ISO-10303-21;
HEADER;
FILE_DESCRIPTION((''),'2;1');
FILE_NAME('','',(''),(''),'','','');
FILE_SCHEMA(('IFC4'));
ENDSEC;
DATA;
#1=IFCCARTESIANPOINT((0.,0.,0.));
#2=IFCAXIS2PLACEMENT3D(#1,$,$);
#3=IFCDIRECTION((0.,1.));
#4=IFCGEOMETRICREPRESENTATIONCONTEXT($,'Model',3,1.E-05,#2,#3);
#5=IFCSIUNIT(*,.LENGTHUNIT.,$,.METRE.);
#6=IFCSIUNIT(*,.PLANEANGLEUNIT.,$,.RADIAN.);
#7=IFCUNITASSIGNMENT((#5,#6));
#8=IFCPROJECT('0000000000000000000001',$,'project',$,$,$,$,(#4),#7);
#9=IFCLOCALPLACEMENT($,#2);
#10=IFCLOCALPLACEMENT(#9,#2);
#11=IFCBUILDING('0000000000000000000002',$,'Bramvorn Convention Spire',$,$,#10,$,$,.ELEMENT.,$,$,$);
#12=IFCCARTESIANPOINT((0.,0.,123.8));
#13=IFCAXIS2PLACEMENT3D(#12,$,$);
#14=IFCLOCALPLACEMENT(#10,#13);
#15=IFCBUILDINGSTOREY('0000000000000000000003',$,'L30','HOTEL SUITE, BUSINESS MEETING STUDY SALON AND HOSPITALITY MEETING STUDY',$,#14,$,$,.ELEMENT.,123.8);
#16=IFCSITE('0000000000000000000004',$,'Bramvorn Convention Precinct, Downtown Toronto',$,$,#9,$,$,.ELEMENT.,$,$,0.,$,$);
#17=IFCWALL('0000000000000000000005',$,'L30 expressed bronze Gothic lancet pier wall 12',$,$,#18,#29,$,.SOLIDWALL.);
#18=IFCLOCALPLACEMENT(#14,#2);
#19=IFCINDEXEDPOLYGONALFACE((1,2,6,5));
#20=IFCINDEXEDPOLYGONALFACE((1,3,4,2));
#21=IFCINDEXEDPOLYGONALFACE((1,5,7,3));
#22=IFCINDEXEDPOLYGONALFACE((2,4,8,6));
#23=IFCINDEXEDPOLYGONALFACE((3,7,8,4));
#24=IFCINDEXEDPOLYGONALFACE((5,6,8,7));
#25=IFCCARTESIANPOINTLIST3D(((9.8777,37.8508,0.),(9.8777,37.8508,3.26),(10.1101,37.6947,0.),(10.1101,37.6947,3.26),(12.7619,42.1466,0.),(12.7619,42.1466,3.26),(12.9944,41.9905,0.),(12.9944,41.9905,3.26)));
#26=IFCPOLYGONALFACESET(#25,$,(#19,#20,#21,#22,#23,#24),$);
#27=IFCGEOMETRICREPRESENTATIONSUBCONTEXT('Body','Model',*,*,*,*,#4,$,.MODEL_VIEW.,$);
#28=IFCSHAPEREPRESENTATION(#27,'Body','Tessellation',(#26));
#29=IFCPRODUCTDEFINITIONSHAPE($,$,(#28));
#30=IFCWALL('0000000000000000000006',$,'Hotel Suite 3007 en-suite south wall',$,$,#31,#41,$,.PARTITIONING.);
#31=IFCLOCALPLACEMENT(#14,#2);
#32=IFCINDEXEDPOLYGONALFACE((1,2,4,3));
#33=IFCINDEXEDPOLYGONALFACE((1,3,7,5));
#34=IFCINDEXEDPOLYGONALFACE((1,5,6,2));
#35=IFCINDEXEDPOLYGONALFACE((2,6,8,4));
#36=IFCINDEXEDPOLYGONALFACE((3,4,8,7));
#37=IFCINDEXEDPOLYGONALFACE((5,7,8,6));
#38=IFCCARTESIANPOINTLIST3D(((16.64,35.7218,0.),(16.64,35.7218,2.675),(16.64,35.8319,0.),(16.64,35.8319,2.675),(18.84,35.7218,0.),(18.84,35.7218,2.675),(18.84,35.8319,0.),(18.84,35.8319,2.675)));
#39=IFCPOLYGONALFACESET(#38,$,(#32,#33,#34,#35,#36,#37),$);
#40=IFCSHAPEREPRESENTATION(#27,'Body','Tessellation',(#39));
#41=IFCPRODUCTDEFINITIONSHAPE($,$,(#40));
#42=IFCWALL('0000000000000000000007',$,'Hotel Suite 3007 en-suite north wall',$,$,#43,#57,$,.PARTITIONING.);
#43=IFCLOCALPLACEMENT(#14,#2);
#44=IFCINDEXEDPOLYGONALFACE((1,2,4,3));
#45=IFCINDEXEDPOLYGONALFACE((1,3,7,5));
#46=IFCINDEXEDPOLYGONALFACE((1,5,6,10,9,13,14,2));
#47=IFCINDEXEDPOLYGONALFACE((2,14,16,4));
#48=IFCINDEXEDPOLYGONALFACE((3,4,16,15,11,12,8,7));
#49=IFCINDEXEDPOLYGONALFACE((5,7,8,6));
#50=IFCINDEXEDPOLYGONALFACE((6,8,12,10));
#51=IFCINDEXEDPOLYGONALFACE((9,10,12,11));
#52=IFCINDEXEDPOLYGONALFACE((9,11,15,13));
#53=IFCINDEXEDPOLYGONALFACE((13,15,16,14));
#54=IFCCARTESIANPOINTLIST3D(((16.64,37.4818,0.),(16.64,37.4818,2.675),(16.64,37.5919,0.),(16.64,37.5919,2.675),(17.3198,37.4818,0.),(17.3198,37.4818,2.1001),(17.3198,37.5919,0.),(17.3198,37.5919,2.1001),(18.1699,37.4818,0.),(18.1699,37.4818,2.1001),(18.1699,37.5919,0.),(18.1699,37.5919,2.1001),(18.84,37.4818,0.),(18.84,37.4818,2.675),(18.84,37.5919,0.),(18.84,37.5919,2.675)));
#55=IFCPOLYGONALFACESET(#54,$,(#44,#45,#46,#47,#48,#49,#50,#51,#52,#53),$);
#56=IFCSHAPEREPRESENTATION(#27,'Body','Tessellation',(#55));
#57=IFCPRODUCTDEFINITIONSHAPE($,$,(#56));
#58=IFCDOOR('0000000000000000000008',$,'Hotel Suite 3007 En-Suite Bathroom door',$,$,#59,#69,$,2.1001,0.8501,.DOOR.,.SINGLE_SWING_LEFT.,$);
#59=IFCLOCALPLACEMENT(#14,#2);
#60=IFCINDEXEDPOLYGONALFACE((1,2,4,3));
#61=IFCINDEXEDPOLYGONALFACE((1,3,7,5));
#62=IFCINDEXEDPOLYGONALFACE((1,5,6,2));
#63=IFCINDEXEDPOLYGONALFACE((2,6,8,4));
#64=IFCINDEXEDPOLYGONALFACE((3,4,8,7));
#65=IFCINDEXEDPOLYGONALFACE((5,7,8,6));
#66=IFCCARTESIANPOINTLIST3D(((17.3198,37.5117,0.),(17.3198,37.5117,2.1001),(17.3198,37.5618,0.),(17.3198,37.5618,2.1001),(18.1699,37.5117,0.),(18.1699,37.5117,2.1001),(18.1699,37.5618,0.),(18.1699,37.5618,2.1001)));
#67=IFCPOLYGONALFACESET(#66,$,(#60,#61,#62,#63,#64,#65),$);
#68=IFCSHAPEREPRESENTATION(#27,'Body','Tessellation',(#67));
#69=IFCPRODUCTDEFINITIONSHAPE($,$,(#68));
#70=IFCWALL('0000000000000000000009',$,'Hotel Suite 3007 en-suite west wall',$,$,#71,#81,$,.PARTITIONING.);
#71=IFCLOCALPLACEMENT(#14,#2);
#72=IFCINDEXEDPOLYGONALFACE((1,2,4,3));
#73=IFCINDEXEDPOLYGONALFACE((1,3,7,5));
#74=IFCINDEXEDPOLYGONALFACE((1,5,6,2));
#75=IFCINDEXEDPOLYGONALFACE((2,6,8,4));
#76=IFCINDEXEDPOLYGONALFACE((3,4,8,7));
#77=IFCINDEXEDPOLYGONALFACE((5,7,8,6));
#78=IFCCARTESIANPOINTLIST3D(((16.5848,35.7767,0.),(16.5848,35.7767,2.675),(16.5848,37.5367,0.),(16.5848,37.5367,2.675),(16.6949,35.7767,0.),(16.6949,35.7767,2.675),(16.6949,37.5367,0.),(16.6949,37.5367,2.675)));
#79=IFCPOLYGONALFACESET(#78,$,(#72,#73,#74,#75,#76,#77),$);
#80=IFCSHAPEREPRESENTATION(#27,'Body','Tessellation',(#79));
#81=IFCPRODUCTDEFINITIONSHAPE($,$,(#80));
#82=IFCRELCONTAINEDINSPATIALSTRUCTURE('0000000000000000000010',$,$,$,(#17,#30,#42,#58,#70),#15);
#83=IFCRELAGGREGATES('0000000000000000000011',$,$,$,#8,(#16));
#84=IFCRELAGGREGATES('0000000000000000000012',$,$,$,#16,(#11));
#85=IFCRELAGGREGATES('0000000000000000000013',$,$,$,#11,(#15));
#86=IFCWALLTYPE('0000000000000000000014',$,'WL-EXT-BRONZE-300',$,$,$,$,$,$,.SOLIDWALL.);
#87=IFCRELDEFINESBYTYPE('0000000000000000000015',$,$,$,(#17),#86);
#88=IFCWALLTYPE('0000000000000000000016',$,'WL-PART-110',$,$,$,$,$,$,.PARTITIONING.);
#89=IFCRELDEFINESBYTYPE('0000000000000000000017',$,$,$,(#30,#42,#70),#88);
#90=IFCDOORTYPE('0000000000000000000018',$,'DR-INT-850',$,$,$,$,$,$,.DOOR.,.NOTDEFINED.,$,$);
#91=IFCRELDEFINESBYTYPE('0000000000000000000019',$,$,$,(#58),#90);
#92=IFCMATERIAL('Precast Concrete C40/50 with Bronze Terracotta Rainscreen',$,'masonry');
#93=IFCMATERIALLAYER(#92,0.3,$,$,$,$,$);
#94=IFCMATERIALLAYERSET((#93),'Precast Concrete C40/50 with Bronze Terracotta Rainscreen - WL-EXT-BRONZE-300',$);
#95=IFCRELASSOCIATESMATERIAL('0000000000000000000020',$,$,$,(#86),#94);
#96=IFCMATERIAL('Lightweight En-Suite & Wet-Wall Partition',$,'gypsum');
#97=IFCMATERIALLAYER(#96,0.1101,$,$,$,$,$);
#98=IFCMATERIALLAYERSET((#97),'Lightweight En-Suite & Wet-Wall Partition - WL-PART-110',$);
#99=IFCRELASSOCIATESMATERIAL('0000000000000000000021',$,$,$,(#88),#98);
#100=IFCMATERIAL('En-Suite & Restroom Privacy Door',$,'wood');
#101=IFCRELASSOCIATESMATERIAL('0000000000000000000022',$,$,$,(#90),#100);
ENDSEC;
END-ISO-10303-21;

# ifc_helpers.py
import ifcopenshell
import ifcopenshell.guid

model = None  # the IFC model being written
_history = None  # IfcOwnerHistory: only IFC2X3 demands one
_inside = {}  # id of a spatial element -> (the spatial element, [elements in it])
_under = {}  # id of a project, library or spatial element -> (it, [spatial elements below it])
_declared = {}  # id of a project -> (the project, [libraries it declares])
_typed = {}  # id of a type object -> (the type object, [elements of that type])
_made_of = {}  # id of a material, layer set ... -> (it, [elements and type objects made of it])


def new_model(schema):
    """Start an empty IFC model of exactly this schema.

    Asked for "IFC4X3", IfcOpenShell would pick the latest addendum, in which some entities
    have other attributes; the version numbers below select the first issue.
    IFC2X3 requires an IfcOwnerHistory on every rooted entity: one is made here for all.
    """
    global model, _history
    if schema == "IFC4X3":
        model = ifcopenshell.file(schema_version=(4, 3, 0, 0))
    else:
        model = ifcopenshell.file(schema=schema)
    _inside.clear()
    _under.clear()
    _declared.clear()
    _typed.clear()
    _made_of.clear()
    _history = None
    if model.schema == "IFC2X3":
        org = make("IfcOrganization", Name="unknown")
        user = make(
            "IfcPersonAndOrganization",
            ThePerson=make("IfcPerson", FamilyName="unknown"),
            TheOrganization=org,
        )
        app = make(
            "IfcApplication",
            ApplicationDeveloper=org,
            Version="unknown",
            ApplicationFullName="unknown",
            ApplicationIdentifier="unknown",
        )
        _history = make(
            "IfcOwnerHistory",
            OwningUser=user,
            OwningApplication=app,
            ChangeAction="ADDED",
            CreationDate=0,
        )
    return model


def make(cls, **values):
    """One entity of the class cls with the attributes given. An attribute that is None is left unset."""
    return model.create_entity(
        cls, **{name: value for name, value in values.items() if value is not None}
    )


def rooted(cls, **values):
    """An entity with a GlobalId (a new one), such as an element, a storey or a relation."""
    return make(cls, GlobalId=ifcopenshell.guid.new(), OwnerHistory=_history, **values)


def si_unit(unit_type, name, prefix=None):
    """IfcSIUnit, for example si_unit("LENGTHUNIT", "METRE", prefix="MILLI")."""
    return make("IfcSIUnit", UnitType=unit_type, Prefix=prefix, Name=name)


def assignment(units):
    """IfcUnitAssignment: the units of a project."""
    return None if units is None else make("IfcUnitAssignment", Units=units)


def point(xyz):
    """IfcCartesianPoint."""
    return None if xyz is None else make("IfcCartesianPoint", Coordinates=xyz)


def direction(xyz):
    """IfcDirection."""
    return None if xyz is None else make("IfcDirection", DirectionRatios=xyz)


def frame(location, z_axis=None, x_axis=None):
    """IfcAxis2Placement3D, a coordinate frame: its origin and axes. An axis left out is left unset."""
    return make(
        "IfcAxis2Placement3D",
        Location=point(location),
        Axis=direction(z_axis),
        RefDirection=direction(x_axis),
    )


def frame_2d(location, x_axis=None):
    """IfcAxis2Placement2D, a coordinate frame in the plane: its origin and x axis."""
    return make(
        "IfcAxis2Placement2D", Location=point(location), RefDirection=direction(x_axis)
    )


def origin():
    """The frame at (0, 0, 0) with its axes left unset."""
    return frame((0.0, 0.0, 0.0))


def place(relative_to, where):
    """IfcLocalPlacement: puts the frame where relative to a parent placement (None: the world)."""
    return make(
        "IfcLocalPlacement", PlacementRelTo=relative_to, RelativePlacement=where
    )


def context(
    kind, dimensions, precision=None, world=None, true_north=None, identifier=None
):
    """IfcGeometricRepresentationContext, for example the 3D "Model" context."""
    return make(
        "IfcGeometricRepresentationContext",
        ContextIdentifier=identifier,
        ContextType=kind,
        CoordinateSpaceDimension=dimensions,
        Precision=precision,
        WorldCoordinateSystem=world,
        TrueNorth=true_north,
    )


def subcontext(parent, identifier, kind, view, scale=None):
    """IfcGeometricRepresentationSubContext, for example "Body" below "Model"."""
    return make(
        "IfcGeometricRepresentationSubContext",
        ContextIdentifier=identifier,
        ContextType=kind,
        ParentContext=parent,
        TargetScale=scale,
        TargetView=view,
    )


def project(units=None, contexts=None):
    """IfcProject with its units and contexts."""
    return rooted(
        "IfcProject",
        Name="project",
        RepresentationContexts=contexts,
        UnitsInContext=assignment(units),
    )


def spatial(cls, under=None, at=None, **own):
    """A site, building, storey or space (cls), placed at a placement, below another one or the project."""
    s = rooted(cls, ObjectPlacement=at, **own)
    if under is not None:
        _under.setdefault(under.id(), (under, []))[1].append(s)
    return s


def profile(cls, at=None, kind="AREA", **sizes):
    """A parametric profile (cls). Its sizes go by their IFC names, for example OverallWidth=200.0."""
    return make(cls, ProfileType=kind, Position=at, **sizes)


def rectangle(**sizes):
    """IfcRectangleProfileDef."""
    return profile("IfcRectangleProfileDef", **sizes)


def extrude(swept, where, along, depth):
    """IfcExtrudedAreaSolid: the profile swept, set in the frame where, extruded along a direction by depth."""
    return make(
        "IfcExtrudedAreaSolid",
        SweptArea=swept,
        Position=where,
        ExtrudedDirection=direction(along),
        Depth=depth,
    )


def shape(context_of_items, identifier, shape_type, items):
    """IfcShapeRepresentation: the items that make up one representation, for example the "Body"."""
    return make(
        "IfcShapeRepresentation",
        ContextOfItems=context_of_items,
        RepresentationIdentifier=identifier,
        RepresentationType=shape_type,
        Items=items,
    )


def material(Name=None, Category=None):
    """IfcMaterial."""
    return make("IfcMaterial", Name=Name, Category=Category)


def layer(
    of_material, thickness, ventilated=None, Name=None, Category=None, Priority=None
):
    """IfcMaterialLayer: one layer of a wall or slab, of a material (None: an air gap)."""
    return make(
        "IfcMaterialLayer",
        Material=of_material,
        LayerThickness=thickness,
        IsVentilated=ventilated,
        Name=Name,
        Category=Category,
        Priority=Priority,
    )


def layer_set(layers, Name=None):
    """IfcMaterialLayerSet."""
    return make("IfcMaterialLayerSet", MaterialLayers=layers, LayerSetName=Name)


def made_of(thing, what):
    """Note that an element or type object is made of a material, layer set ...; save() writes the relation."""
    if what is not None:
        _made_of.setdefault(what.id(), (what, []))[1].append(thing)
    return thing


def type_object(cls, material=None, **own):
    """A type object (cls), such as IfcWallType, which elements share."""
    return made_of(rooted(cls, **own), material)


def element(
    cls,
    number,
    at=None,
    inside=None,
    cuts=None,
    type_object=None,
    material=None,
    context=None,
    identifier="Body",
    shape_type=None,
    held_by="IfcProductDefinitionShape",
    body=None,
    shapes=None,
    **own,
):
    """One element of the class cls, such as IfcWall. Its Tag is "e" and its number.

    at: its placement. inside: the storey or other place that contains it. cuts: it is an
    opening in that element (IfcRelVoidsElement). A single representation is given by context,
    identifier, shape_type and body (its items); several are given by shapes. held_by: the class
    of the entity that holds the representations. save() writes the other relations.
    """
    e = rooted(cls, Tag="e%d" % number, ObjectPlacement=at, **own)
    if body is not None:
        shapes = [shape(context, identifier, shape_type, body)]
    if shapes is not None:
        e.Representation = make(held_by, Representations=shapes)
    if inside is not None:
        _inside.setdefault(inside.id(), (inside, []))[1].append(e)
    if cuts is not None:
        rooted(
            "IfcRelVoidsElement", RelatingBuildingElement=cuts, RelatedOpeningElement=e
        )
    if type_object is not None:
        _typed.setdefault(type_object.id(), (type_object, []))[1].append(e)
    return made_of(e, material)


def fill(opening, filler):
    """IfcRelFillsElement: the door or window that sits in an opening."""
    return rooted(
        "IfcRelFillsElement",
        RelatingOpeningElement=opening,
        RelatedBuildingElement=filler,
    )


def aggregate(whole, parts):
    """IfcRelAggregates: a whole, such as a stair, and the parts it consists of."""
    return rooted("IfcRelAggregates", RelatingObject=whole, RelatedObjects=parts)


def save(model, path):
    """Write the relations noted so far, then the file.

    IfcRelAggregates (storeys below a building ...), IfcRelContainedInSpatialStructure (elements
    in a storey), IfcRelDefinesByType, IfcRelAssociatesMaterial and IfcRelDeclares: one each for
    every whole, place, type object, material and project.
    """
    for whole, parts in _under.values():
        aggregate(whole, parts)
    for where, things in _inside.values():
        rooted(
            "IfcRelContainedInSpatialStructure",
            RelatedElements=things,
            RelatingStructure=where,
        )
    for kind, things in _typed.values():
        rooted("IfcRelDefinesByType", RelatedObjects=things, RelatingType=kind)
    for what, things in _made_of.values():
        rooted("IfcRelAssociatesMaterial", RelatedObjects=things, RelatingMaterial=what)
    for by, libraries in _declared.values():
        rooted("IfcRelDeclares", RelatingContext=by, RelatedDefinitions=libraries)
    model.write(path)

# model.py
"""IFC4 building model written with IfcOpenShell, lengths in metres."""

from ifc_helpers import new_model, si_unit, direction, frame, frame_2d, origin, place, context, subcontext, project, spatial, rectangle, extrude, material, layer, layer_set, type_object, element, fill, save


model = new_model("IFC4")

# Units and contexts
model_context = context("Model", 3, precision=1e-05, world=origin(), true_north=direction((0.0, 1.0)))
body_context = subcontext(model_context, "Body", "Model", "MODEL_VIEW")
ifc_project = project(units=[si_unit("LENGTHUNIT", "METRE"), si_unit("PLANEANGLEUNIT", "RADIAN")], contexts=[model_context])

# Site, building, storey
site_placement = place(None, origin())
site = spatial("IfcSite", under=ifc_project, at=site_placement, Name="Bramvorn Convention Precinct, Downtown Toronto", CompositionType="ELEMENT", RefElevation=0.0)
building_placement = place(site_placement, origin())
building = spatial("IfcBuilding", under=site, at=building_placement, Name="Bramvorn Convention Spire", CompositionType="ELEMENT")
storey_placement = place(building_placement, frame((0.0, 0.0, 123.8)))
storey = spatial("IfcBuildingStorey", under=building, at=storey_placement, Name="L30", Description="HOTEL SUITE, BUSINESS MEETING STUDY SALON AND HOSPITALITY MEETING STUDY", CompositionType="ELEMENT", Elevation=123.8)

# Walls
ifc_material_1 = material(Name="Precast Concrete C40/50 with Bronze Terracotta Rainscreen", Category="masonry")
ifc_layer_1 = layer(ifc_material_1, 0.3)
ifc_layer_set_1 = layer_set([ifc_layer_1], Name="Precast Concrete C40/50 with Bronze Terracotta Rainscreen - WL-EXT-BRONZE-300")
wall_type_1 = type_object("IfcWallType", Name="WL-EXT-BRONZE-300", PredefinedType="SOLIDWALL", material=ifc_layer_set_1)
wall_1_placement = place(storey_placement, frame((9.9939, 37.7727, 0.0), z_axis=(0.0, 0.0, 1.0), x_axis=(0.557419, 0.830231, 0.0)))
element("IfcWall", 1, at=wall_1_placement, inside=storey, type_object=wall_type_1, Name="L30 expressed bronze Gothic lancet pier wall 12", PredefinedType="SOLIDWALL", context=body_context, shape_type="SweptSolid", body=[
    extrude(rectangle(XDim=5.1743, YDim=0.28, at=frame_2d((2.5872, 0.0))), origin(), (0.0, 0.0, 1.0), 3.26),
])
ifc_material_2 = material(Name="Lightweight En-Suite & Wet-Wall Partition", Category="gypsum")
ifc_layer_2 = layer(ifc_material_2, 0.1101)
ifc_layer_set_2 = layer_set([ifc_layer_2], Name="Lightweight En-Suite & Wet-Wall Partition - WL-PART-110")
wall_type_2 = type_object("IfcWallType", Name="WL-PART-110", PredefinedType="PARTITIONING", material=ifc_layer_set_2)
wall_2_placement = place(storey_placement, frame((16.6399, 35.7769, 0.0), z_axis=(0.0, 0.0, 1.0), x_axis=(1.0, 0.0, 0.0)))
element("IfcWall", 2, at=wall_2_placement, inside=storey, type_object=wall_type_2, Name="Hotel Suite 3007 en-suite south wall", PredefinedType="PARTITIONING", context=body_context, shape_type="SweptSolid", body=[
    extrude(rectangle(XDim=2.2, YDim=0.1101, at=frame_2d((1.1001, 0.0))), origin(), (0.0, 0.0, 1.0), 2.675),
])

# Wall, opening, door
wall_3_placement = place(storey_placement, frame((16.6399, 37.5369, 0.0), z_axis=(0.0, 0.0, 1.0), x_axis=(1.0, 0.0, 0.0)))
wall_3 = element("IfcWall", 3, at=wall_3_placement, inside=storey, type_object=wall_type_2, Name="Hotel Suite 3007 en-suite north wall", PredefinedType="PARTITIONING", context=body_context, shape_type="SweptSolid", body=[
    extrude(rectangle(XDim=2.2, YDim=0.1101, at=frame_2d((1.1001, 0.0))), origin(), (0.0, 0.0, 1.0), 2.675),
])
opening_placement = place(wall_3_placement, frame((0.6799, 0.0, 0.0)))
opening = element("IfcOpeningElement", 4, at=opening_placement, cuts=wall_3, PredefinedType="OPENING", context=body_context, shape_type="SweptSolid", body=[
    extrude(rectangle(XDim=0.8501, YDim=2.1001, at=frame_2d((0.425, 1.05))), frame((0.0, 0.0649, 0.0), z_axis=(0.0, -1.0, 0.0), x_axis=(1.0, 0.0, 0.0)), (0.0, 0.0, 1.0), 0.1301),
])
ifc_material_3 = material(Name="En-Suite & Restroom Privacy Door", Category="wood")
door_type = type_object("IfcDoorType", Name="DR-INT-850", OperationType="NOTDEFINED", PredefinedType="DOOR", material=ifc_material_3)
door_placement = place(opening_placement, origin())
door = element("IfcDoor", 5, at=door_placement, inside=storey, type_object=door_type, Name="Hotel Suite 3007 En-Suite Bathroom door", OperationType="SINGLE_SWING_LEFT", OverallHeight=2.1001, OverallWidth=0.8501, PredefinedType="DOOR", context=body_context, shape_type="SweptSolid", body=[
    extrude(rectangle(XDim=0.8501, YDim=2.1001, at=frame_2d((0.425, 1.05))), frame((0.0, 0.0249, 0.0), z_axis=(0.0, -1.0, 0.0), x_axis=(1.0, 0.0, 0.0)), (0.0, 0.0, 1.0), 0.05),
])
fill(opening, door)

# Wall
wall_4_placement = place(storey_placement, frame((16.6399, 35.7769, 0.0), z_axis=(0.0, 0.0, 1.0), x_axis=(0.0, 1.0, 0.0)))
element("IfcWall", 6, at=wall_4_placement, inside=storey, type_object=wall_type_2, Name="Hotel Suite 3007 en-suite west wall", PredefinedType="PARTITIONING", context=body_context, shape_type="SweptSolid", body=[
    extrude(rectangle(XDim=1.76, YDim=0.1101, at=frame_2d((0.8799, 0.0))), origin(), (0.0, 0.0, 1.0), 2.675),
])

save(model, "model.ifc")
